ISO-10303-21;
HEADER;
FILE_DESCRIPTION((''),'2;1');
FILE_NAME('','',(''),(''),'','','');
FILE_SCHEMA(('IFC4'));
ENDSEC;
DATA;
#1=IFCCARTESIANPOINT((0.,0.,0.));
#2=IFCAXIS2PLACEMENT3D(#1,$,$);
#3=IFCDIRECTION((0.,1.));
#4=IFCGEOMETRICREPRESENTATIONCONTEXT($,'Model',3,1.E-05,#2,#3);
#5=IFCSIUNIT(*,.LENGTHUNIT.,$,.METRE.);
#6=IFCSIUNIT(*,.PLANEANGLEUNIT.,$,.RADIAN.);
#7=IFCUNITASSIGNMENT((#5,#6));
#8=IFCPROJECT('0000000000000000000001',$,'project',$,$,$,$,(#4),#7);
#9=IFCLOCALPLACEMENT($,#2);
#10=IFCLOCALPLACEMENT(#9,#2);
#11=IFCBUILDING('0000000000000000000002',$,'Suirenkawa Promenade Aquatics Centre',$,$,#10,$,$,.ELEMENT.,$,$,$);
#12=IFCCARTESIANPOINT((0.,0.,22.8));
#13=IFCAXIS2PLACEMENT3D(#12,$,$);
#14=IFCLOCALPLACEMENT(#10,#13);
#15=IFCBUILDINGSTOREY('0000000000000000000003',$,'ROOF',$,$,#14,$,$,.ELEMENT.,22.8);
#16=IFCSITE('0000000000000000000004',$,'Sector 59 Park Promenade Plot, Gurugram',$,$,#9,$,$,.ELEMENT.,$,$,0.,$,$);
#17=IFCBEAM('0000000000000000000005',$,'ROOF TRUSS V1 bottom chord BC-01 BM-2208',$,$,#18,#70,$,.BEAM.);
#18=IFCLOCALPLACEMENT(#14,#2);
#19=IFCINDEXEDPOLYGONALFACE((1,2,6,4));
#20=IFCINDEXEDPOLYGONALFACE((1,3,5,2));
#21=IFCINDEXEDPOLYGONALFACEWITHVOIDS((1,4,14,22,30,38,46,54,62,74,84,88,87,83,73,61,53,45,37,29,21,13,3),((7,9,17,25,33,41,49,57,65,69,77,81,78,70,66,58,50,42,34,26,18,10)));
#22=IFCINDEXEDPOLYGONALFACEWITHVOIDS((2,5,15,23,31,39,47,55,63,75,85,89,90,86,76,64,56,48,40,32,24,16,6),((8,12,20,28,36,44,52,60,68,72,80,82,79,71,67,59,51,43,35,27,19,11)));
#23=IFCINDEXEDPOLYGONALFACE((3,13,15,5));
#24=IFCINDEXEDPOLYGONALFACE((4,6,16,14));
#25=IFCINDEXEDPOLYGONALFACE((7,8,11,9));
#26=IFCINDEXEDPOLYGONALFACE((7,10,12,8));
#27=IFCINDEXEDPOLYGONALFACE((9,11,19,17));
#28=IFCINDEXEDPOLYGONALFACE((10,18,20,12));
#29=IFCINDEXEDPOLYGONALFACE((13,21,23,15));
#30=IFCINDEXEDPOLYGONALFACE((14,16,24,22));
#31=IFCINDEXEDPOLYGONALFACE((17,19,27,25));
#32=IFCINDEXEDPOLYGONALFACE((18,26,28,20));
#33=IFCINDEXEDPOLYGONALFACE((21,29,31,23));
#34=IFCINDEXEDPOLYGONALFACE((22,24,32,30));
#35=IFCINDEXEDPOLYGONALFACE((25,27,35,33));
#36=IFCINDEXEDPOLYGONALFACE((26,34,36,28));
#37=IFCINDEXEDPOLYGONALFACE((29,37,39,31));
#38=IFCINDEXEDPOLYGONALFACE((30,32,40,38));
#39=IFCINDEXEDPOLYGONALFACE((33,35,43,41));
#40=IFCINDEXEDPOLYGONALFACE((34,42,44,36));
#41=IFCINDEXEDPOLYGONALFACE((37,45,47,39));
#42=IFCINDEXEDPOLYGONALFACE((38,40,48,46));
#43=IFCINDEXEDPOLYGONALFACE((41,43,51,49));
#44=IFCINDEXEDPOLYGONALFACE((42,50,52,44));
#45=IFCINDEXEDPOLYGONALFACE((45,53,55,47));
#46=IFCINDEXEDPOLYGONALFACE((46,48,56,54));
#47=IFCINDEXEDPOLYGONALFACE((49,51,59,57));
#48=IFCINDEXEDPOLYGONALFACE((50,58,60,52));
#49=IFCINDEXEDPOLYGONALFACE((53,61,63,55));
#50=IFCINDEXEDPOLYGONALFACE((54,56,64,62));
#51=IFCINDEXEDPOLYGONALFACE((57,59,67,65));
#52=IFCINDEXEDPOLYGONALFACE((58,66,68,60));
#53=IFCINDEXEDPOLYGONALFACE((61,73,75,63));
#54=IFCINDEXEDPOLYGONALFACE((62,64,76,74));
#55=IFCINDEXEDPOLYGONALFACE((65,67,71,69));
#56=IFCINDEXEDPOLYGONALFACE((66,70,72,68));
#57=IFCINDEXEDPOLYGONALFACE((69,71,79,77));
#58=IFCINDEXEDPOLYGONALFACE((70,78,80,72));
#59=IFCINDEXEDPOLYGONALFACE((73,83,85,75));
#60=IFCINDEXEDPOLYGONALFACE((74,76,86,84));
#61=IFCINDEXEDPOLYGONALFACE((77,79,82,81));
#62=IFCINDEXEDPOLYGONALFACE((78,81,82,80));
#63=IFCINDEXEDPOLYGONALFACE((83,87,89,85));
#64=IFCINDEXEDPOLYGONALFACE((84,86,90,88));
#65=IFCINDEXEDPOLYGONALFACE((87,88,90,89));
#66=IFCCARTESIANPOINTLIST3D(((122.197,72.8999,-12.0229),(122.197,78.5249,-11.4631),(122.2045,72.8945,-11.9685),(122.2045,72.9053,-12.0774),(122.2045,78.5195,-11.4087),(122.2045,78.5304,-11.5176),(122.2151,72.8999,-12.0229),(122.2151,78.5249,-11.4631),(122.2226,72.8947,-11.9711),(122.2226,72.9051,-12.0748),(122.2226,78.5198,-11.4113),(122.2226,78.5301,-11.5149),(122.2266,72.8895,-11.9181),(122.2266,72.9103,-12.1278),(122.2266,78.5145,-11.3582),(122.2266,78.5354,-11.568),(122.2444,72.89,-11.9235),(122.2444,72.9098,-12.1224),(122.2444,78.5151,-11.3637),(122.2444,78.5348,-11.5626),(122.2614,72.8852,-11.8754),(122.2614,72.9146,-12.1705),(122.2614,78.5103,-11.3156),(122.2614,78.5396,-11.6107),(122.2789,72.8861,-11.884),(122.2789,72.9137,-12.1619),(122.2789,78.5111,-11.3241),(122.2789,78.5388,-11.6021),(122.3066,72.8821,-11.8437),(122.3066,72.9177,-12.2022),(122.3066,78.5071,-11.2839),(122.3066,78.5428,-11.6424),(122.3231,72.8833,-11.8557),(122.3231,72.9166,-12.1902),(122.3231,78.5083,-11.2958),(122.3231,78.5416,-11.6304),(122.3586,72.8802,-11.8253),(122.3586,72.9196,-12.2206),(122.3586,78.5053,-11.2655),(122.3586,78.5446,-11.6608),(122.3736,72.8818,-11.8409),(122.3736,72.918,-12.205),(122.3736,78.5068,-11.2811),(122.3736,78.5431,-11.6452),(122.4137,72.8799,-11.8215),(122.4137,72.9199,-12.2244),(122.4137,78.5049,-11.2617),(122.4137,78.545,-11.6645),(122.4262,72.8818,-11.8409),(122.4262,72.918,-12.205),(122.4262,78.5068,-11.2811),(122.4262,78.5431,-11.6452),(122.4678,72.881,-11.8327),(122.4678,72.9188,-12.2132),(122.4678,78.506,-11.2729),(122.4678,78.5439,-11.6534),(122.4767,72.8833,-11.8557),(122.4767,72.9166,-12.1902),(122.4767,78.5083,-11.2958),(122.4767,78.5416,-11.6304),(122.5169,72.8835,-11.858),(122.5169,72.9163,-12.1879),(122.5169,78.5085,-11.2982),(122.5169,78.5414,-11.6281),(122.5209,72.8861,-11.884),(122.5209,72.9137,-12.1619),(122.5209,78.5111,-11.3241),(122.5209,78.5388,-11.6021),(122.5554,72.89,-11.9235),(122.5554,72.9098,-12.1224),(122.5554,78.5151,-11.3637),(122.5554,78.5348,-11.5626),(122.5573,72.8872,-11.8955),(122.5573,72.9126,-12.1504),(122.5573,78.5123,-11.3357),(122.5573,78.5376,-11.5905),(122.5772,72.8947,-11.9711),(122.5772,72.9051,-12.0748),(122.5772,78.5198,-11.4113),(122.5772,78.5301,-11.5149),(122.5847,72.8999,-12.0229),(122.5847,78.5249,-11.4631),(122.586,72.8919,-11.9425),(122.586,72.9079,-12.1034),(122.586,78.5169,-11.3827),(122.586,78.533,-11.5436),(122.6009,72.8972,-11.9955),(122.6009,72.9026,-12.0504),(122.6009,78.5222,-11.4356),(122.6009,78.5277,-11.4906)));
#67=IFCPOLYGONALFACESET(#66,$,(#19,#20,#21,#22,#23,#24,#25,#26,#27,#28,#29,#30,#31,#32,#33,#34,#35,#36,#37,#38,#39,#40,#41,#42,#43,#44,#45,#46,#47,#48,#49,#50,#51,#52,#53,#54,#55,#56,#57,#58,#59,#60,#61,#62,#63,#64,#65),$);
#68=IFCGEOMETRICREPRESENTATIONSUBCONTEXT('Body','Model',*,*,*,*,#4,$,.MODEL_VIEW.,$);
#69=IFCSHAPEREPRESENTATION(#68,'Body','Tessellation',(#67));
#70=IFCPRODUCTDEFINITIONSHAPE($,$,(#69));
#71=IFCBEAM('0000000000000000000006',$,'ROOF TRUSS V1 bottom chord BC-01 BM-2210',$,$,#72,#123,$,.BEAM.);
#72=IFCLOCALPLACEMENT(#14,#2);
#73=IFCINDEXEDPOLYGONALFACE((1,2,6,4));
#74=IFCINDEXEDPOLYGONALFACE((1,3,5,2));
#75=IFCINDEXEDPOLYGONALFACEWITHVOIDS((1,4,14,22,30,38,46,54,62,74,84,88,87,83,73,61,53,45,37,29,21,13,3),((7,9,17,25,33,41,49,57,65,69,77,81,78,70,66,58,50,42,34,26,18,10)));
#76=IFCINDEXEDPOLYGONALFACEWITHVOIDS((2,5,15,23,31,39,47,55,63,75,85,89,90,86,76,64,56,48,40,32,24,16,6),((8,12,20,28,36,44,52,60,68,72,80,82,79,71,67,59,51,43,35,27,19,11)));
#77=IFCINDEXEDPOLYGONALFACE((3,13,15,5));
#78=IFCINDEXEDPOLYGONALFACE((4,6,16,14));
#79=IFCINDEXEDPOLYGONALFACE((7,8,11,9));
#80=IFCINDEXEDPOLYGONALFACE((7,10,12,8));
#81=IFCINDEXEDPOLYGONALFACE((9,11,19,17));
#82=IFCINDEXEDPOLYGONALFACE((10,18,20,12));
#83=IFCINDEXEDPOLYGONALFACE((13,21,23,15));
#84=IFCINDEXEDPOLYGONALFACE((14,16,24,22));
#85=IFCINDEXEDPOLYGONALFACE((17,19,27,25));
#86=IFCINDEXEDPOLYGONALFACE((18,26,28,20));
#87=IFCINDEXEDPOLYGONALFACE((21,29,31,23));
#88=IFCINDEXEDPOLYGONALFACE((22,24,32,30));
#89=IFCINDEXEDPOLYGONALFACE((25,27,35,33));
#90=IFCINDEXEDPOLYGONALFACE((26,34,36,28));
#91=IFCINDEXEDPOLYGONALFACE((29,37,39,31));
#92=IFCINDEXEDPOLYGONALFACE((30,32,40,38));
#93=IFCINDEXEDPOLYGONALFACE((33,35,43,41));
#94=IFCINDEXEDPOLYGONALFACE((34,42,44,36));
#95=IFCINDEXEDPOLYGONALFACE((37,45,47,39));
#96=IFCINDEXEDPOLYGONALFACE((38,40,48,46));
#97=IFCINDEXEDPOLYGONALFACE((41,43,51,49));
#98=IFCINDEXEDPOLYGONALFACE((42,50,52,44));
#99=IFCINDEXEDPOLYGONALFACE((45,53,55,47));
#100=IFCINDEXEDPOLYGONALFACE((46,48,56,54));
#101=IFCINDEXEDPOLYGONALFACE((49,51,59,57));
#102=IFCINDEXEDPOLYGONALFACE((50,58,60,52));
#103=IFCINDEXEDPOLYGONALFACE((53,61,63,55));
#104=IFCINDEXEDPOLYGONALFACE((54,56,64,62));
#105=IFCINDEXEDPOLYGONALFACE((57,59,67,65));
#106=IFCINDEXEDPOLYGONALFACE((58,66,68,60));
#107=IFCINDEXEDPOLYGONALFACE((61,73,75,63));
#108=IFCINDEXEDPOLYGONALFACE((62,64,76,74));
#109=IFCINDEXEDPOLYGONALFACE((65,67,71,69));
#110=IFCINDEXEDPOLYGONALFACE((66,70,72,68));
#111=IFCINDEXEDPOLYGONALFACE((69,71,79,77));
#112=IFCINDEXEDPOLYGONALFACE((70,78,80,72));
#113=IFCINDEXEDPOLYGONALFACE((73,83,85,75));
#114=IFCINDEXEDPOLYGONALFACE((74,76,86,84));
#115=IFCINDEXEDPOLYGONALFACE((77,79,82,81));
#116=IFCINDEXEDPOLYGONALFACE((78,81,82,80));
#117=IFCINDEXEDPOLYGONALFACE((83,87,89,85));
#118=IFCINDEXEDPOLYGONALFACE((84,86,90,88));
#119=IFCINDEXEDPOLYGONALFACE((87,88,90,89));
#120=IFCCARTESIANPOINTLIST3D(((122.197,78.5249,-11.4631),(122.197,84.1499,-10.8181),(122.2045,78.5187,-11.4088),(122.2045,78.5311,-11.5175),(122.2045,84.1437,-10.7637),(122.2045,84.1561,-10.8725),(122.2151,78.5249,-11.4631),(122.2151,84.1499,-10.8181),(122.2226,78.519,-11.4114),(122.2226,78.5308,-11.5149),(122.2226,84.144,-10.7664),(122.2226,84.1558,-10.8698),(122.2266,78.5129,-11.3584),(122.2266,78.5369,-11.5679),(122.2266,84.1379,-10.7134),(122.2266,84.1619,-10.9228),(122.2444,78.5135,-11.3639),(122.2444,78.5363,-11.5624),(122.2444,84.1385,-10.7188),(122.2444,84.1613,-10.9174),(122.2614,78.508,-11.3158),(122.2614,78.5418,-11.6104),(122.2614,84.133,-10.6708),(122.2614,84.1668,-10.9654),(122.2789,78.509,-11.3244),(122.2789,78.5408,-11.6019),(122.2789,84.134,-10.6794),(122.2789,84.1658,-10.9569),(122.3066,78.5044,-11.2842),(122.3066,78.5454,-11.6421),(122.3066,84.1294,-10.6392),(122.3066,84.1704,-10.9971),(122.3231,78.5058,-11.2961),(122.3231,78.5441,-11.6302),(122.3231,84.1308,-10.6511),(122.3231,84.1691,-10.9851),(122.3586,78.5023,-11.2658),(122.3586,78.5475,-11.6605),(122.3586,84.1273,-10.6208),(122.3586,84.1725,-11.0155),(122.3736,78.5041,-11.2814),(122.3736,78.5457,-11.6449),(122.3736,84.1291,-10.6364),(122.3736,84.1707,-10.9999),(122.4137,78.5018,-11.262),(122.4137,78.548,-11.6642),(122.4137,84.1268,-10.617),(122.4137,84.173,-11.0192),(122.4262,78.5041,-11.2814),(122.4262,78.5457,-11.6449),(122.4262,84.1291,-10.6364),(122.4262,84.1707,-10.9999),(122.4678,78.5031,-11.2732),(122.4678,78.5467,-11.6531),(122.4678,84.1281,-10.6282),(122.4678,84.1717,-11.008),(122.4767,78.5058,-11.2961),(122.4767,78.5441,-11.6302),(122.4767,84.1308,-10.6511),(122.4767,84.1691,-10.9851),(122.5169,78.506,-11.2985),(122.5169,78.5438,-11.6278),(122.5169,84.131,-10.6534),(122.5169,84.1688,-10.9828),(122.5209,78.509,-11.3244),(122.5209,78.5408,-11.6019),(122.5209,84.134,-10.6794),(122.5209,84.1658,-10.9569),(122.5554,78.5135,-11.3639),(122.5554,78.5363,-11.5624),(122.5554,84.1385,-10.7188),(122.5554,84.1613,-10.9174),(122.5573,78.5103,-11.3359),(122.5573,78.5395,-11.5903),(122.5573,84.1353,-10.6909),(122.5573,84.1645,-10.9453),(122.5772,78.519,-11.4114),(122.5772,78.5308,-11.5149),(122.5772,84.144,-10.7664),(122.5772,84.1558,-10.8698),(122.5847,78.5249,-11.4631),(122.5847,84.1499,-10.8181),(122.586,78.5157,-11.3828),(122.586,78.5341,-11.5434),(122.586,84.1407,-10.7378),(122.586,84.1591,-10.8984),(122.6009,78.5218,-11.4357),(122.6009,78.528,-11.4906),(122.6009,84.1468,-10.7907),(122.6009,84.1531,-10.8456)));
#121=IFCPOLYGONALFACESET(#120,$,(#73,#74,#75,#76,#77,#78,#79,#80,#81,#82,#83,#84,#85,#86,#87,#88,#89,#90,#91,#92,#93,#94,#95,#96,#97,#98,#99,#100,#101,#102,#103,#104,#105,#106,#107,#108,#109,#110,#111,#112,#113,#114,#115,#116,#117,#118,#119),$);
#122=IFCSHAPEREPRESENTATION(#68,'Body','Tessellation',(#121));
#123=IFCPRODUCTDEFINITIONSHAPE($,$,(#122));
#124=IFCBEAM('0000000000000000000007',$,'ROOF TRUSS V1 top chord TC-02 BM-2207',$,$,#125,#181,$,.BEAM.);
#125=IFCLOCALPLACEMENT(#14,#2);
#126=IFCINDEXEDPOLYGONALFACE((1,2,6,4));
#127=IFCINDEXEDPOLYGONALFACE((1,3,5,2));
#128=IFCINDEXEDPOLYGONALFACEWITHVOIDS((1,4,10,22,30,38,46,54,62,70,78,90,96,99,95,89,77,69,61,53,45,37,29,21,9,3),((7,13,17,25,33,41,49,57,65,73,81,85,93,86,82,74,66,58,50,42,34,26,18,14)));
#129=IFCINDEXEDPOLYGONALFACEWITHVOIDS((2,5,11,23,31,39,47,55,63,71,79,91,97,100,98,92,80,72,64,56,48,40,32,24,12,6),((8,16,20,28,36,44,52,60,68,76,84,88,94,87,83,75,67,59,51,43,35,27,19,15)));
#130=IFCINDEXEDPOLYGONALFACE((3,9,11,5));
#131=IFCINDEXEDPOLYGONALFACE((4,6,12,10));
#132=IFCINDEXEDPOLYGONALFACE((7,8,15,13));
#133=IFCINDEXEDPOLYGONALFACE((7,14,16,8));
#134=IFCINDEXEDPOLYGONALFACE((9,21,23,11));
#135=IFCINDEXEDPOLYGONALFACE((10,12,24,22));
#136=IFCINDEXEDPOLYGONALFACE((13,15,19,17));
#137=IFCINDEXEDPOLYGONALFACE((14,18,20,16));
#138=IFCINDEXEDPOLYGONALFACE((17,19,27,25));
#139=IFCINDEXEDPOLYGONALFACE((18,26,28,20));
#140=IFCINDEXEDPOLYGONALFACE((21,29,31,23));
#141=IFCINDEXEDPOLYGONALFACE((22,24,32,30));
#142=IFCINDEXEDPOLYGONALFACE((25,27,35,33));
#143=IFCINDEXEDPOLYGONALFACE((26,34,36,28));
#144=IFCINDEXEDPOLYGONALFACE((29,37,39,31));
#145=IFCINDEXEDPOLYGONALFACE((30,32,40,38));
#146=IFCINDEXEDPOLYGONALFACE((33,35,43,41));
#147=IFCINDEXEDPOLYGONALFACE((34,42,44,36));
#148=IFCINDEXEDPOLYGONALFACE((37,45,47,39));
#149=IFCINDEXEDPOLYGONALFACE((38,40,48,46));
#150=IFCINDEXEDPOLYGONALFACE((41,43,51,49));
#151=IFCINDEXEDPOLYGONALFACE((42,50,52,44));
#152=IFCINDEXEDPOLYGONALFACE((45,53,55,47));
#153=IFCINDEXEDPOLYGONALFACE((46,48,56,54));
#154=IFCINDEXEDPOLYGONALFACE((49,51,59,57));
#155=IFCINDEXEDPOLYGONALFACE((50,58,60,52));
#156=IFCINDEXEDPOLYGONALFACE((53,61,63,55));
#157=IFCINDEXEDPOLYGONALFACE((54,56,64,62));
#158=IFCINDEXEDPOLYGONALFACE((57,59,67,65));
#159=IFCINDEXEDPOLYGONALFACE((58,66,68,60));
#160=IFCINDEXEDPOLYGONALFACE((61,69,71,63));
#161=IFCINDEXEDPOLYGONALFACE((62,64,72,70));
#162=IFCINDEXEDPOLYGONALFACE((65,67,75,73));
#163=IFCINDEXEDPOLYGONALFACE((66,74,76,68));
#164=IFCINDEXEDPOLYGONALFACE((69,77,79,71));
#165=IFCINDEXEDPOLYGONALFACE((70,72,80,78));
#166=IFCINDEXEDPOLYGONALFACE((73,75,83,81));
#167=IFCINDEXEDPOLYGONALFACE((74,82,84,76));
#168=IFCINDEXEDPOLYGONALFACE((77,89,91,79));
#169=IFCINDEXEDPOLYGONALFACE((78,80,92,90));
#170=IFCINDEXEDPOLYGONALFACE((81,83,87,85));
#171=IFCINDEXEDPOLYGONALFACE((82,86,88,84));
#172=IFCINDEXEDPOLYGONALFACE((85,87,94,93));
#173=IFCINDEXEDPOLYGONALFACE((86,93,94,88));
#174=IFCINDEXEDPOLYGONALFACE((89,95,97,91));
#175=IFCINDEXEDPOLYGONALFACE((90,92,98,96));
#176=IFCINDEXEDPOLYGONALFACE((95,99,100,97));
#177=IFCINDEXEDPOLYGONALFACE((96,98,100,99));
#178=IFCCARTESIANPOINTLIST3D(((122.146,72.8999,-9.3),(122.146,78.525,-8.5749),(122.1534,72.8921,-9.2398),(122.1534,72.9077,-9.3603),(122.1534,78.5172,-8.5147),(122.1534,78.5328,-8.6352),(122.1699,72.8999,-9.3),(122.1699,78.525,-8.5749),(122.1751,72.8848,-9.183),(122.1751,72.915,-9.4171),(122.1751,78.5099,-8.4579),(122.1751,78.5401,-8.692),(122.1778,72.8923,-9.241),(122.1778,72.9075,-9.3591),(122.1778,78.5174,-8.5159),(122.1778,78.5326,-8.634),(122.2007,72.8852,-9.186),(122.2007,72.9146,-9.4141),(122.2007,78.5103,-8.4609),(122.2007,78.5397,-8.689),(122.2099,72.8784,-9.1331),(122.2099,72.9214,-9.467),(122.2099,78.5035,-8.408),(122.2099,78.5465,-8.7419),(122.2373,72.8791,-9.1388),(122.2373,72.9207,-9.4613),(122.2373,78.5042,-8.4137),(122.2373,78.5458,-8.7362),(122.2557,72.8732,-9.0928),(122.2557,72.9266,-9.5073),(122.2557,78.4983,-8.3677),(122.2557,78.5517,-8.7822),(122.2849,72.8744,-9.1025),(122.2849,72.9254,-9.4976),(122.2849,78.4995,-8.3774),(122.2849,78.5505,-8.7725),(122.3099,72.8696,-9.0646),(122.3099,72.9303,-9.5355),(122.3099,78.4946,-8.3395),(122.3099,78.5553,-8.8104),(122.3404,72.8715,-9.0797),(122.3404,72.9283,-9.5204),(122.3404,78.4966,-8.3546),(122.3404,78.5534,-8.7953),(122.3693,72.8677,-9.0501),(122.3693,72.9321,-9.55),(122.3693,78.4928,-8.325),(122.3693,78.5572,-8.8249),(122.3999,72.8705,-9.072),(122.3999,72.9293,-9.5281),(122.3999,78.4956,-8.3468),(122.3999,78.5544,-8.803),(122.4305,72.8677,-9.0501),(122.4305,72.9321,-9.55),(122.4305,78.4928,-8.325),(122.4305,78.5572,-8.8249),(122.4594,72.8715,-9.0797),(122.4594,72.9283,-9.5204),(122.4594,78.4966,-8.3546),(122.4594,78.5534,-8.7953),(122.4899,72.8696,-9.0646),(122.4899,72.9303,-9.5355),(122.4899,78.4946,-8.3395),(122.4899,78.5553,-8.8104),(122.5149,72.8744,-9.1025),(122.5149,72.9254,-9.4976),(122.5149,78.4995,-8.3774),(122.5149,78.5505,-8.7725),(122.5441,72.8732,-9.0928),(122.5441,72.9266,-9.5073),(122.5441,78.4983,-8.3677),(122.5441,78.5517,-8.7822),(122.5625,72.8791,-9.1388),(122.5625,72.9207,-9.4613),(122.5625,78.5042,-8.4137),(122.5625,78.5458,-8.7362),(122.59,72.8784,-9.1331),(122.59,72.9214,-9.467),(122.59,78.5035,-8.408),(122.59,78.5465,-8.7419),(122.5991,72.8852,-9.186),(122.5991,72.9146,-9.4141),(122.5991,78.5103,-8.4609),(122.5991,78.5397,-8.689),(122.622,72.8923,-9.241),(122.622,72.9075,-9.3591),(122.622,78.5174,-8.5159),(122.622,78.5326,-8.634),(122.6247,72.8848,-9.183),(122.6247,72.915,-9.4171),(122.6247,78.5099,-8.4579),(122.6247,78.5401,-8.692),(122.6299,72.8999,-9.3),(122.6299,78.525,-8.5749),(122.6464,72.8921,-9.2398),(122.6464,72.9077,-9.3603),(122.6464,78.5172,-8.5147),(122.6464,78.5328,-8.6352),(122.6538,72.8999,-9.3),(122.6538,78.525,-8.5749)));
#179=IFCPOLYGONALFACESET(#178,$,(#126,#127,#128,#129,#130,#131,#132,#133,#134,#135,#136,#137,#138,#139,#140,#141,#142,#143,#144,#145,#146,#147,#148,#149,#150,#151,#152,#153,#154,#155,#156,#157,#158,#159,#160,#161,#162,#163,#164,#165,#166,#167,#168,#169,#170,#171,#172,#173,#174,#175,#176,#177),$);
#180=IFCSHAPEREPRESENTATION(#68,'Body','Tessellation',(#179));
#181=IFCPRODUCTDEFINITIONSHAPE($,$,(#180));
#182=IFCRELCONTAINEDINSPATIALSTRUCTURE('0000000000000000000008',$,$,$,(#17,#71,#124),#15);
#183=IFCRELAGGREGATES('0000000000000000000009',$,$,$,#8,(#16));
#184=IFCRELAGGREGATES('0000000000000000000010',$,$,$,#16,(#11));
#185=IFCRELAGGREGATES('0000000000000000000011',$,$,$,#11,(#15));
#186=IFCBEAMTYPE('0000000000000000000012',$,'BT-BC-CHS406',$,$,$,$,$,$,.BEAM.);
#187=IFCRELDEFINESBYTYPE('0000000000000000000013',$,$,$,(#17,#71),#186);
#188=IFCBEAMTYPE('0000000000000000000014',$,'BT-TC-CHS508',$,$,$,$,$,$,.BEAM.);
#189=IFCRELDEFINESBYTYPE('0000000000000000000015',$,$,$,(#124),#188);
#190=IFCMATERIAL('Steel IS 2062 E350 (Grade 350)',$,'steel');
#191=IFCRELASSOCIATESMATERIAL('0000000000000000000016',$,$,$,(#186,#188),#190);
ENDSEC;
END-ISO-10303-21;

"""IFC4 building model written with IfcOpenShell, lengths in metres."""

from ifc_helpers import new_model, si_unit, direction, frame, origin, origin_2d, place, context, subcontext, project, spatial, hollow_circle, extrude, material, material_profile, profile_set, type_object, element, save


model = new_model("IFC4")

# Units and contexts
model_context = context("Model", 3, precision=1e-05, world=origin(), true_north=direction((0.0, 1.0)))
body_context = subcontext(model_context, "Body", "Model", "MODEL_VIEW")
ifc_project = project(units=[si_unit("LENGTHUNIT", "METRE"), si_unit("PLANEANGLEUNIT", "RADIAN")], contexts=[model_context])

# Site, building, storey
site_placement = place(None, origin())
site = spatial("IfcSite", under=ifc_project, at=site_placement, Name="Sector 59 Park Promenade Plot, Gurugram", CompositionType="ELEMENT", RefElevation=0.0)
building_placement = place(site_placement, origin())
building = spatial("IfcBuilding", under=site, at=building_placement, Name="Suirenkawa Promenade Aquatics Centre", CompositionType="ELEMENT")
storey_placement = place(building_placement, frame((0.0, 0.0, 22.8)))
storey = spatial("IfcBuildingStorey", under=building, at=storey_placement, Name="ROOF", CompositionType="ELEMENT", Elevation=22.8)

# Beams
ifc_material = material(Name="Steel IS 2062 E350 (Grade 350)", Category="steel")
ifc_material_profile_1 = material_profile(ifc_material, hollow_circle(Radius=0.2029, WallThickness=0.0181, at=origin_2d()), Name="CHS 406x18", Category="steel")
ifc_profile_set_1 = profile_set([ifc_material_profile_1], Name="Steel IS 2062 E350 (Grade 350)")
beam_type_1 = type_object("IfcBeamType", Name="BT-BC-CHS406", PredefinedType="BEAM", material=ifc_profile_set_1)
beam_1_placement = place(storey_placement, frame((122.3999, 72.8999, -12.0229), z_axis=(0.0, 0.995084, 0.099033), x_axis=(-1.0, 0.0, 0.0)))
element("IfcBeam", 1, at=beam_1_placement, inside=storey, type_object=beam_type_1, Name="ROOF TRUSS V1 bottom chord BC-01 BM-2208", PredefinedType="BEAM", context=body_context, shape_type="SweptSolid", body=[
    extrude(hollow_circle(Radius=0.2029, WallThickness=0.0181, at=origin_2d()), origin(), (0.0, 0.0, 1.0), 5.6528),
])
beam_2_placement = place(storey_placement, frame((122.3999, 78.5249, -11.4631), z_axis=(0.0, 0.99349, 0.113924), x_axis=(-1.0, 0.0, 0.0)))
element("IfcBeam", 2, at=beam_2_placement, inside=storey, type_object=beam_type_1, Name="ROOF TRUSS V1 bottom chord BC-01 BM-2210", PredefinedType="BEAM", context=body_context, shape_type="SweptSolid", body=[
    extrude(hollow_circle(Radius=0.2029, WallThickness=0.0181, at=origin_2d()), origin(), (0.0, 0.0, 1.0), 5.6619),
])
ifc_material_profile_2 = material_profile(ifc_material, hollow_circle(Radius=0.2539, WallThickness=0.0239, at=origin_2d()), Name="CHS 508x24", Category="steel")
ifc_profile_set_2 = profile_set([ifc_material_profile_2], Name="Steel IS 2062 E350 (Grade 350)")
beam_type_2 = type_object("IfcBeamType", Name="BT-TC-CHS508", PredefinedType="BEAM", material=ifc_profile_set_2)
for number, where, z_axis, x_axis, name in (
    (3, (122.3999, 72.8999, -9.3), (0.0, 0.991794, 0.127848), (-1.0, 0.0, 0.0), "ROOF TRUSS V1 top chord TC-02 BM-2207"),
):
    element("IfcBeam", number, at=place(storey_placement, frame(where, z_axis=z_axis, x_axis=x_axis)), inside=storey, type_object=beam_type_2, Name=name, PredefinedType="BEAM", context=body_context, shape_type="SweptSolid", body=[
        extrude(hollow_circle(Radius=0.2539, WallThickness=0.0239, at=origin_2d()), origin(), (0.0, 0.0, 1.0), 5.6716),
    ])

save(model, "model.ifc")
